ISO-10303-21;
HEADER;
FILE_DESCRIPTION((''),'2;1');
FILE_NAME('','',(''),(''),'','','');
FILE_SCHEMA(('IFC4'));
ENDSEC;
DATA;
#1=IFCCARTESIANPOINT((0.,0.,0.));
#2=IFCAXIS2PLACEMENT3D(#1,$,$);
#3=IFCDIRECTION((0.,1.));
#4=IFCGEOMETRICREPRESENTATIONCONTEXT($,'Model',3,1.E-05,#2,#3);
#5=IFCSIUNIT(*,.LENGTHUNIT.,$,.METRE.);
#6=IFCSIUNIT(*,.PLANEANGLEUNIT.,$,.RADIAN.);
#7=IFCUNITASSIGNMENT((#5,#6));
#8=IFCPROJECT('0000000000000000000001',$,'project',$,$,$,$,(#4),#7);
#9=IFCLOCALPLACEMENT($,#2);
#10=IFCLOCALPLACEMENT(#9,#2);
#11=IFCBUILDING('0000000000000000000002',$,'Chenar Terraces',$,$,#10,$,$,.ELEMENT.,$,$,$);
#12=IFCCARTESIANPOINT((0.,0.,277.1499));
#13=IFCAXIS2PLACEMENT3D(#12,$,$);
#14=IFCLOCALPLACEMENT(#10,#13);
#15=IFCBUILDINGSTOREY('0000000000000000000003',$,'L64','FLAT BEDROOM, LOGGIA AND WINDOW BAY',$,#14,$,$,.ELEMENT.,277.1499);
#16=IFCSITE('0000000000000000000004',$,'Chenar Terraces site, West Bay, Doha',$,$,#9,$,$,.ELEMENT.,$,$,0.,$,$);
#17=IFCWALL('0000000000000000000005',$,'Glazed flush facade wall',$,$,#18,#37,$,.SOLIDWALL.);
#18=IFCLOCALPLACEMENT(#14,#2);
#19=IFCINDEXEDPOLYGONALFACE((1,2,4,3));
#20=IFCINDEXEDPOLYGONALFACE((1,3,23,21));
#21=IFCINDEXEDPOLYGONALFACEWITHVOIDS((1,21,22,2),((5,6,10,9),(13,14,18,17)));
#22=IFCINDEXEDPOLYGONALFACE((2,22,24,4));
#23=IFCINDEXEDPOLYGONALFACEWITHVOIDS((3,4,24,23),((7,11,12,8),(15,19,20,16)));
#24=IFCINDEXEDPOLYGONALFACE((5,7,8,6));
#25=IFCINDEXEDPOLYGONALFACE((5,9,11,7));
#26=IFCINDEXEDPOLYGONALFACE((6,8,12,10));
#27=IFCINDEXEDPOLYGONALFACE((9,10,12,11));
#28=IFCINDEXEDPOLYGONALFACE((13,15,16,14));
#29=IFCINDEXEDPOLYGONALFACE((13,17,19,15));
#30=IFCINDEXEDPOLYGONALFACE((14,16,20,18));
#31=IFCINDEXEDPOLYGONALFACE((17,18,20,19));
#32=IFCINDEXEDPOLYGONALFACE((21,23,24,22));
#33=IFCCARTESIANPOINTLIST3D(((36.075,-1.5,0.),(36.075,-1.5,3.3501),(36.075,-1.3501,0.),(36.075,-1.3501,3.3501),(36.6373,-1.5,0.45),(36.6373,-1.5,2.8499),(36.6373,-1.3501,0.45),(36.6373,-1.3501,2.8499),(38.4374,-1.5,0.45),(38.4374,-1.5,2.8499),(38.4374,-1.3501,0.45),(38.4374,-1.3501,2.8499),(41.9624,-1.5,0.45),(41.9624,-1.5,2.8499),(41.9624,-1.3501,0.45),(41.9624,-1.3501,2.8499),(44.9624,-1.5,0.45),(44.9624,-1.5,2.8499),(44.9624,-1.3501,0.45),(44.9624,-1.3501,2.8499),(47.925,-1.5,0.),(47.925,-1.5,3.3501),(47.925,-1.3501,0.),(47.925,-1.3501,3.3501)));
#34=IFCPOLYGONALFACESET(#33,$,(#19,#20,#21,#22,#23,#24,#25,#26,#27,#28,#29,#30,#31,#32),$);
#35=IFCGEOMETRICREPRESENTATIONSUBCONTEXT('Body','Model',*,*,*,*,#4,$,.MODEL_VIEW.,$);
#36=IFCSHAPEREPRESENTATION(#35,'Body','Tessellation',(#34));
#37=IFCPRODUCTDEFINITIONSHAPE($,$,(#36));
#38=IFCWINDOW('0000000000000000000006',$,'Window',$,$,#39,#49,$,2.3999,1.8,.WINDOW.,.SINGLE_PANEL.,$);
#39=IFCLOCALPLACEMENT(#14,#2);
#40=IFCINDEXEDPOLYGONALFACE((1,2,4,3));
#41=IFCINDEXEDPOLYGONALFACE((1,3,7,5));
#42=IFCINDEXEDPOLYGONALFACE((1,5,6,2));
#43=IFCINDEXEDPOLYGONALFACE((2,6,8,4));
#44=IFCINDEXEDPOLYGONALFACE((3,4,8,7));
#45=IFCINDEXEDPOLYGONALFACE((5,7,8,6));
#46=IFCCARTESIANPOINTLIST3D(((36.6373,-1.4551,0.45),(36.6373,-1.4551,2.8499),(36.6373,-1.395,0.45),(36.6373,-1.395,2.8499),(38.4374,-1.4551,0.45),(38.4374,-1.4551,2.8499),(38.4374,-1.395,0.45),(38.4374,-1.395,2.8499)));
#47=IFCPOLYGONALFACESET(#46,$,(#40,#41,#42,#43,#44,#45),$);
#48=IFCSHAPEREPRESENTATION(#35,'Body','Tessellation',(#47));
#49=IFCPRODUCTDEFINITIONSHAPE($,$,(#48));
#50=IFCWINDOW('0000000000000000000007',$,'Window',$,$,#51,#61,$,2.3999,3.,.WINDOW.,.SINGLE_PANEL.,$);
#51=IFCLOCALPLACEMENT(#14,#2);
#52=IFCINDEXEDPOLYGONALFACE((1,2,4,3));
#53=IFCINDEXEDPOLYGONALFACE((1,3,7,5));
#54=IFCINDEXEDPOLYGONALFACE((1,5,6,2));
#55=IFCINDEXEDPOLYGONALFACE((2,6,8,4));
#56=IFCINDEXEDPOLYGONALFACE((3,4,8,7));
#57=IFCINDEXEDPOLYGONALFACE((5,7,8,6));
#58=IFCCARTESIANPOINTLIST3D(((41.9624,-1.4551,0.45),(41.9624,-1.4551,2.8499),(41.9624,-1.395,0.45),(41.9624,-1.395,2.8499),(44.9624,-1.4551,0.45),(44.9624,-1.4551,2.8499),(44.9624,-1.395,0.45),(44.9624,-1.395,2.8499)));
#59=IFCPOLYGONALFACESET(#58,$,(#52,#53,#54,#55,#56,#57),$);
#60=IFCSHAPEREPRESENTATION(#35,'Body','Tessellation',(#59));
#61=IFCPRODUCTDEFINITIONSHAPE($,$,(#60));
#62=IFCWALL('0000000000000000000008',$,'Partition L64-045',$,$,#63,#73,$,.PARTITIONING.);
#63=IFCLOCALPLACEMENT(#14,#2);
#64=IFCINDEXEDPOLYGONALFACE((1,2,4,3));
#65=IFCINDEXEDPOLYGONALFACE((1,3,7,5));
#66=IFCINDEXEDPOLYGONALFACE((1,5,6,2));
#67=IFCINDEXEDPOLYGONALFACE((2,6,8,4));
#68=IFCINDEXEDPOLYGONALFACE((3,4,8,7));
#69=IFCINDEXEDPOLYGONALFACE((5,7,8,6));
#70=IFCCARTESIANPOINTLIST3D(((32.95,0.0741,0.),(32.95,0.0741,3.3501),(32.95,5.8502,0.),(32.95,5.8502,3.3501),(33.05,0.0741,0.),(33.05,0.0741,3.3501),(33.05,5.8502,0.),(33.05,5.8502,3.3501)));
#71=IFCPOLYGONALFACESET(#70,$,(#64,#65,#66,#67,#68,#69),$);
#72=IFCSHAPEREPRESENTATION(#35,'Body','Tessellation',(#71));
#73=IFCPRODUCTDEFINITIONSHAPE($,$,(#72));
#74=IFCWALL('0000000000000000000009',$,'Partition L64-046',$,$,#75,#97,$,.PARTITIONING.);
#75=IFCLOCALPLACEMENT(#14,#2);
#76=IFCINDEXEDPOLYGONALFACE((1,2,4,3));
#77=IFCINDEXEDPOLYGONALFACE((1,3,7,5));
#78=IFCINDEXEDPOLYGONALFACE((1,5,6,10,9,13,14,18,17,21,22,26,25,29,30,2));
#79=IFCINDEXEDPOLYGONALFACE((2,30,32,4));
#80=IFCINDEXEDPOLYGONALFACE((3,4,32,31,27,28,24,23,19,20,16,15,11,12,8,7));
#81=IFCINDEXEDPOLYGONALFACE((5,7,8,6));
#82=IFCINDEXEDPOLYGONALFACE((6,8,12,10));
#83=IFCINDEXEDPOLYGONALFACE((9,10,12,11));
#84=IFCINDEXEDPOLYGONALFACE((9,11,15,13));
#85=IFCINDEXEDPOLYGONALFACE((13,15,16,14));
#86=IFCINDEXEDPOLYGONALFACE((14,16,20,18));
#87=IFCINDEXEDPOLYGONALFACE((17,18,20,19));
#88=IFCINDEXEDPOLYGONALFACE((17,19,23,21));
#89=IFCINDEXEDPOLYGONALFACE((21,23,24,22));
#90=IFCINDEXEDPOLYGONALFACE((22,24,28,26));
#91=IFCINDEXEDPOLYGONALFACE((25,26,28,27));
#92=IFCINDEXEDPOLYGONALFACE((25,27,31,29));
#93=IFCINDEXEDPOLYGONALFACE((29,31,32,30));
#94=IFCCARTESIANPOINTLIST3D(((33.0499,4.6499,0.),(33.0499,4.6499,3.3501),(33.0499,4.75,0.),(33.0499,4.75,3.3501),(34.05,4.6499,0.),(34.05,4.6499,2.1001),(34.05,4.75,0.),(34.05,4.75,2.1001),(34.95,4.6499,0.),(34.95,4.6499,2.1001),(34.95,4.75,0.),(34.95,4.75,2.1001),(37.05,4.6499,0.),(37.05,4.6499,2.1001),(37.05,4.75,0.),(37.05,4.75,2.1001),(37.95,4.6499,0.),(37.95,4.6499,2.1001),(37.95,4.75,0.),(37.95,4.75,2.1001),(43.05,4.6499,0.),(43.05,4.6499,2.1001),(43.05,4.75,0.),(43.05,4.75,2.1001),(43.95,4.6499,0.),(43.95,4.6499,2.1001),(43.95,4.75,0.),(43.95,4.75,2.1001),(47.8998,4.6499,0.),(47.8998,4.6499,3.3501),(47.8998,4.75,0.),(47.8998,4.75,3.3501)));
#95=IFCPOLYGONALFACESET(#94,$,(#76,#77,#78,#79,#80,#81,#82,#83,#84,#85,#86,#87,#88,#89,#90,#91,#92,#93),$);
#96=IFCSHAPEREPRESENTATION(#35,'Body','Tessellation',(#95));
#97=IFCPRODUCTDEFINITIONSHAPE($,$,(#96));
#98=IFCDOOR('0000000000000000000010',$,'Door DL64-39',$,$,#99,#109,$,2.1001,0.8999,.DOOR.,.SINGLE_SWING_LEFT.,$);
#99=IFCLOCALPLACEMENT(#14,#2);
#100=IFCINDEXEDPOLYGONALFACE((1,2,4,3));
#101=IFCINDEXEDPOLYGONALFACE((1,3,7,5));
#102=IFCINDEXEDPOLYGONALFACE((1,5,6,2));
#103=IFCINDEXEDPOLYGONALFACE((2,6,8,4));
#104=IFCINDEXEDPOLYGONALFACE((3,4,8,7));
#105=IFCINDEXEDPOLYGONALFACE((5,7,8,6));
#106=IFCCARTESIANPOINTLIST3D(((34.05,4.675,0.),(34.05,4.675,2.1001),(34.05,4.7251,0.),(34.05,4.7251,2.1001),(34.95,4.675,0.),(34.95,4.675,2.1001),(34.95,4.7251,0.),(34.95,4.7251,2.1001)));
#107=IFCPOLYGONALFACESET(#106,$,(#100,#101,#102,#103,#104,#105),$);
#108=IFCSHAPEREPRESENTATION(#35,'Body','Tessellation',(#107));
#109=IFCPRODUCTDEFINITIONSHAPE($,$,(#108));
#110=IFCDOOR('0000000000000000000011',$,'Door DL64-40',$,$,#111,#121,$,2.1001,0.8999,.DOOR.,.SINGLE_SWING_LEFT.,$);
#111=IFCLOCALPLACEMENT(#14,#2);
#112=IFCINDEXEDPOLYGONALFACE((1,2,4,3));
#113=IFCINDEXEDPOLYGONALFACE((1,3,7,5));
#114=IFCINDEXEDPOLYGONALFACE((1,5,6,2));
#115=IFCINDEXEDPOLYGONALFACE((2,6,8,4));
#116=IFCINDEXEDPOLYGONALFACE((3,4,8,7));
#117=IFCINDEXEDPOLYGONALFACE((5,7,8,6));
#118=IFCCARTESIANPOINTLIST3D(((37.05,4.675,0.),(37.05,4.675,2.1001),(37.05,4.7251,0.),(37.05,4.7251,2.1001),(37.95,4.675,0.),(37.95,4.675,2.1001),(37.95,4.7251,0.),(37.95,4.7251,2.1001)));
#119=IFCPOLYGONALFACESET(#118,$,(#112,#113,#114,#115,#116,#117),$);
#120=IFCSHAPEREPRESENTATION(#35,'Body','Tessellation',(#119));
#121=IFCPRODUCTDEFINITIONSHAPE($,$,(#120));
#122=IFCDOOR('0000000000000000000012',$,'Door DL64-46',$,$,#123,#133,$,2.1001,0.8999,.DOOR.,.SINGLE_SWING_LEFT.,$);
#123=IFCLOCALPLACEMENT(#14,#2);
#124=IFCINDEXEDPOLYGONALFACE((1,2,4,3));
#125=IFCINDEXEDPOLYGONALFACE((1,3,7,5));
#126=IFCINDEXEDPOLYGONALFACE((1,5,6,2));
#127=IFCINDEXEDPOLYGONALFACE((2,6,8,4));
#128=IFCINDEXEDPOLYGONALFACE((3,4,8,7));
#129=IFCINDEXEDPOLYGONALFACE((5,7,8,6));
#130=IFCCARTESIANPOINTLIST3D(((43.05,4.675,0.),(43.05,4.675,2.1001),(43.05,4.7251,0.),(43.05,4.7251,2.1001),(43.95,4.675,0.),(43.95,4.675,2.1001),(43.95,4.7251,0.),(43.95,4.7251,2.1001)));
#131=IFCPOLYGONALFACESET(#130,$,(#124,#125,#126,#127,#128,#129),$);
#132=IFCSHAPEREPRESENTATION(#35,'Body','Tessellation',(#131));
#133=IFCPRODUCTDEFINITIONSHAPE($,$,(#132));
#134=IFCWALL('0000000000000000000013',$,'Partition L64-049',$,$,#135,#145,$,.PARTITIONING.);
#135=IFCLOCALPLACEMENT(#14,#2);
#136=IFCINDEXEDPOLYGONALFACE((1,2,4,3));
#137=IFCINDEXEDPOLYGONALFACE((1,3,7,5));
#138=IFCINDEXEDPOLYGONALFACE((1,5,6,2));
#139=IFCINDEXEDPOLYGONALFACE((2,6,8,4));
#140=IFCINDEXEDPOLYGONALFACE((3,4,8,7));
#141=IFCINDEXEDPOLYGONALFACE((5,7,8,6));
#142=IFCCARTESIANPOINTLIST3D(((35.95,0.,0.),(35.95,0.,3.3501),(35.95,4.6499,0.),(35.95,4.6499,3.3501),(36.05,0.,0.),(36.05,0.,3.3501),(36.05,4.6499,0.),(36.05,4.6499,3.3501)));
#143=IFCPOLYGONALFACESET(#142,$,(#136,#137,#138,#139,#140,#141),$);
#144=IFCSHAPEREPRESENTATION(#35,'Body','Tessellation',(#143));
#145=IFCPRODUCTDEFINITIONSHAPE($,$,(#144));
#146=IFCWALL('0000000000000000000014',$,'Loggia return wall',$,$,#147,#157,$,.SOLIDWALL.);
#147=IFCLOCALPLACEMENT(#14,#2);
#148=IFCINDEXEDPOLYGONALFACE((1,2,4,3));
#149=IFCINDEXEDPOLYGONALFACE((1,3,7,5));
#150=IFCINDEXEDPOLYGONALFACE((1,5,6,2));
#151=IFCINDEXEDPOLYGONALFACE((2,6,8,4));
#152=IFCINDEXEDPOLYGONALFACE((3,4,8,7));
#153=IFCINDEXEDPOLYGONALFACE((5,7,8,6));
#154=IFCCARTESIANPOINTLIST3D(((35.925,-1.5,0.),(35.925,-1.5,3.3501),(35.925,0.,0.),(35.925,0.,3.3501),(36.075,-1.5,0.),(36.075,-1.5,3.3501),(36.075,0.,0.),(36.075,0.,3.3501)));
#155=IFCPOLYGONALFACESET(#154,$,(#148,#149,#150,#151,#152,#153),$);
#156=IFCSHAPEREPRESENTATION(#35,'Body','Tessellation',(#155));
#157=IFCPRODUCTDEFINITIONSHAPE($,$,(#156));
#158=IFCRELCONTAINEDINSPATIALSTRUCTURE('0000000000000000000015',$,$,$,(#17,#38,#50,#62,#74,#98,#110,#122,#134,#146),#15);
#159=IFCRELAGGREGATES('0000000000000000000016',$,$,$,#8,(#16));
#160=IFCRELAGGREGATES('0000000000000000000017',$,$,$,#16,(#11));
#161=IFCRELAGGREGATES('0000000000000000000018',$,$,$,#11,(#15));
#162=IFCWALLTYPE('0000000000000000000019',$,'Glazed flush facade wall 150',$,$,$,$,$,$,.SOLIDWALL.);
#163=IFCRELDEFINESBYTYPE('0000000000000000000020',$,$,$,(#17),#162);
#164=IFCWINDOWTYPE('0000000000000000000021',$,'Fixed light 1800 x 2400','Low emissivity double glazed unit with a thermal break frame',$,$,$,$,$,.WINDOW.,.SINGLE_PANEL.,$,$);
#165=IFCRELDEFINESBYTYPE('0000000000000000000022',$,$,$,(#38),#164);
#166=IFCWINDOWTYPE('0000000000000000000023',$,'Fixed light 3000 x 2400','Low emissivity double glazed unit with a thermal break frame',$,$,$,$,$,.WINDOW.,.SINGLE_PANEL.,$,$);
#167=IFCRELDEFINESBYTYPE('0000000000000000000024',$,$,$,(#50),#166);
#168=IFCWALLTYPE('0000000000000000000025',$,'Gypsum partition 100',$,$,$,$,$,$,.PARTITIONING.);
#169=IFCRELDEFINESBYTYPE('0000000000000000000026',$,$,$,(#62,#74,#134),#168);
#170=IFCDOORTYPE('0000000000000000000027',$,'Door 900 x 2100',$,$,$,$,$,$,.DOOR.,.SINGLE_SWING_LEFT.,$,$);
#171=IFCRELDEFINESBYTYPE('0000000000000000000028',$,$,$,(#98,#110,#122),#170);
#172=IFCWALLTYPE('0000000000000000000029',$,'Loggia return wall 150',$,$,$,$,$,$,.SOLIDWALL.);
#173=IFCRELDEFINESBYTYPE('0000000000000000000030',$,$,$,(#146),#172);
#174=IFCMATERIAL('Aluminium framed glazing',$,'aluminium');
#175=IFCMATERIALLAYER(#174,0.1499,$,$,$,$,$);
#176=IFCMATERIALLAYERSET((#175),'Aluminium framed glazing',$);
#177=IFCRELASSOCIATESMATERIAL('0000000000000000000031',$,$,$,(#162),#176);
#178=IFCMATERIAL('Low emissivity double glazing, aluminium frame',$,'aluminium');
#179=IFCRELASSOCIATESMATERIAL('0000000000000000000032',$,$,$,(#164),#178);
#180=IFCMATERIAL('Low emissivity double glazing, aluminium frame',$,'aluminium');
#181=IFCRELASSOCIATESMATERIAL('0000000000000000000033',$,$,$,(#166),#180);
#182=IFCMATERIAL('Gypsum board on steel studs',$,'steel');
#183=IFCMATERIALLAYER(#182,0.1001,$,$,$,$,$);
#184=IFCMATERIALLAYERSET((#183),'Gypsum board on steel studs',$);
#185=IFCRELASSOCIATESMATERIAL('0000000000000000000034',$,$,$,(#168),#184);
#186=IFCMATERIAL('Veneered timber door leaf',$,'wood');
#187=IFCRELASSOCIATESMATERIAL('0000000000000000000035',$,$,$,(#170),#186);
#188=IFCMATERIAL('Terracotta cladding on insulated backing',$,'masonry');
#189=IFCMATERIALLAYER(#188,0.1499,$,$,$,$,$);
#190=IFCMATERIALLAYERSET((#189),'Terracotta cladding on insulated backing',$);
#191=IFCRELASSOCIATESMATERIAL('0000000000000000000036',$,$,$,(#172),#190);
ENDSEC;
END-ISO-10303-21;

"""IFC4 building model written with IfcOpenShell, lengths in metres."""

from ifc_helpers import new_model, si_unit, direction, frame, frame_2d, origin, place, context, subcontext, project, spatial, rectangle, extrude, material, layer, layer_set, type_object, element, fill, save


model = new_model("IFC4")

# Units and contexts
model_context = context("Model", 3, precision=1e-05, world=origin(), true_north=direction((0.0, 1.0)))
body_context = subcontext(model_context, "Body", "Model", "MODEL_VIEW")
ifc_project = project(units=[si_unit("LENGTHUNIT", "METRE"), si_unit("PLANEANGLEUNIT", "RADIAN")], contexts=[model_context])

# Site, building, storey
site_placement = place(None, origin())
site = spatial("IfcSite", under=ifc_project, at=site_placement, Name="Chenar Terraces site, West Bay, Doha", CompositionType="ELEMENT", RefElevation=0.0)
building_placement = place(site_placement, origin())
building = spatial("IfcBuilding", under=site, at=building_placement, Name="Chenar Terraces", CompositionType="ELEMENT")
storey_placement = place(building_placement, frame((0.0, 0.0, 277.1499)))
storey = spatial("IfcBuildingStorey", under=building, at=storey_placement, Name="L64", Description="FLAT BEDROOM, LOGGIA AND WINDOW BAY", CompositionType="ELEMENT", Elevation=277.1499)

# Wall, openings, windows
ifc_material_1 = material(Name="Aluminium framed glazing", Category="aluminium")
ifc_layer_1 = layer(ifc_material_1, 0.1499)
ifc_layer_set_1 = layer_set([ifc_layer_1], Name="Aluminium framed glazing")
wall_type_1 = type_object("IfcWallType", Name="Glazed flush facade wall 150", PredefinedType="SOLIDWALL", material=ifc_layer_set_1)
wall_1_placement = place(storey_placement, frame((36.075, -1.425, 0.0), z_axis=(0.0, 0.0, 1.0), x_axis=(1.0, 0.0, 0.0)))
wall_1 = element("IfcWall", 1, at=wall_1_placement, inside=storey, type_object=wall_type_1, Name="Glazed flush facade wall", PredefinedType="SOLIDWALL", context=body_context, shape_type="SweptSolid", body=[
    extrude(rectangle(XDim=11.8501, YDim=0.1499, at=frame_2d((5.925, 0.0))), origin(), (0.0, 0.0, 1.0), 3.3501),
])
opening_1_placement = place(wall_1_placement, frame((0.5625, 0.0, 0.45)))
opening_1 = element("IfcOpeningElement", 2, at=opening_1_placement, cuts=wall_1, PredefinedType="OPENING", context=body_context, shape_type="SweptSolid", body=[
    extrude(rectangle(XDim=1.8, YDim=2.3999, at=frame_2d((0.8999, 1.2))), frame((0.0, 0.085, 0.0), z_axis=(0.0, -1.0, 0.0), x_axis=(1.0, 0.0, 0.0)), (0.0, 0.0, 1.0), 0.1699),
])
opening_2_placement = place(wall_1_placement, frame((5.8875, 0.0, 0.45)))
opening_2 = element("IfcOpeningElement", 3, at=opening_2_placement, cuts=wall_1, PredefinedType="OPENING", context=body_context, shape_type="SweptSolid", body=[
    extrude(rectangle(XDim=3.0, YDim=2.3999, at=frame_2d((1.5, 1.2))), frame((0.0, 0.085, 0.0), z_axis=(0.0, -1.0, 0.0), x_axis=(1.0, 0.0, 0.0)), (0.0, 0.0, 1.0), 0.1699),
])
ifc_material_2 = material(Name="Low emissivity double glazing, aluminium frame", Category="aluminium")
window_type_1 = type_object("IfcWindowType", Name="Fixed light 1800 x 2400", Description="Low emissivity double glazed unit with a thermal break frame", PartitioningType="SINGLE_PANEL", PredefinedType="WINDOW", material=ifc_material_2)
window_1_placement = place(opening_1_placement, origin())
window_1 = element("IfcWindow", 4, at=window_1_placement, inside=storey, type_object=window_type_1, Name="Window", OverallHeight=2.3999, OverallWidth=1.8, PartitioningType="SINGLE_PANEL", PredefinedType="WINDOW", context=body_context, shape_type="SweptSolid", body=[
    extrude(rectangle(XDim=1.8, YDim=2.3999, at=frame_2d((0.8999, 1.2))), frame((0.0, 0.03, 0.0), z_axis=(0.0, -1.0, 0.0), x_axis=(1.0, 0.0, 0.0)), (0.0, 0.0, 1.0), 0.0601),
])
fill(opening_1, window_1)
ifc_material_3 = material(Name="Low emissivity double glazing, aluminium frame", Category="aluminium")
window_type_2 = type_object("IfcWindowType", Name="Fixed light 3000 x 2400", Description="Low emissivity double glazed unit with a thermal break frame", PartitioningType="SINGLE_PANEL", PredefinedType="WINDOW", material=ifc_material_3)
window_2_placement = place(opening_2_placement, origin())
window_2 = element("IfcWindow", 5, at=window_2_placement, inside=storey, type_object=window_type_2, Name="Window", OverallHeight=2.3999, OverallWidth=3.0, PartitioningType="SINGLE_PANEL", PredefinedType="WINDOW", context=body_context, shape_type="SweptSolid", body=[
    extrude(rectangle(XDim=3.0, YDim=2.3999, at=frame_2d((1.5, 1.2))), frame((0.0, 0.03, 0.0), z_axis=(0.0, -1.0, 0.0), x_axis=(1.0, 0.0, 0.0)), (0.0, 0.0, 1.0), 0.0601),
])
fill(opening_2, window_2)

# Wall
ifc_material_4 = material(Name="Gypsum board on steel studs", Category="steel")
ifc_layer_2 = layer(ifc_material_4, 0.1001)
ifc_layer_set_2 = layer_set([ifc_layer_2], Name="Gypsum board on steel studs")
wall_type_2 = type_object("IfcWallType", Name="Gypsum partition 100", PredefinedType="PARTITIONING", material=ifc_layer_set_2)
wall_2_placement = place(storey_placement, frame((33.0, 0.074, 0.0), z_axis=(0.0, 0.0, 1.0), x_axis=(0.0, 1.0, 0.0)))
element("IfcWall", 6, at=wall_2_placement, inside=storey, type_object=wall_type_2, Name="Partition L64-045", PredefinedType="PARTITIONING", context=body_context, shape_type="SweptSolid", body=[
    extrude(rectangle(XDim=5.7761, YDim=0.1001, at=frame_2d((2.8882, 0.0))), origin(), (0.0, 0.0, 1.0), 3.3501),
])

# Wall, openings, doors
wall_3_placement = place(storey_placement, frame((33.05, 4.7, 0.0), z_axis=(0.0, 0.0, 1.0), x_axis=(1.0, 0.0, 0.0)))
wall_3 = element("IfcWall", 7, at=wall_3_placement, inside=storey, type_object=wall_type_2, Name="Partition L64-046", PredefinedType="PARTITIONING", context=body_context, shape_type="SweptSolid", body=[
    extrude(rectangle(XDim=14.8499, YDim=0.1001, at=frame_2d((7.4248, 0.0))), origin(), (0.0, 0.0, 1.0), 3.3501),
])
opening_3_placement = place(wall_3_placement, frame((1.0, 0.0, 0.0)))
opening_3 = element("IfcOpeningElement", 8, at=opening_3_placement, cuts=wall_3, PredefinedType="OPENING", context=body_context, shape_type="SweptSolid", body=[
    extrude(rectangle(XDim=0.8999, YDim=2.1001, at=frame_2d((0.45, 1.05))), frame((0.0, 0.0601, 0.0), z_axis=(0.0, -1.0, 0.0), x_axis=(1.0, 0.0, 0.0)), (0.0, 0.0, 1.0), 0.1201),
])
opening_4_placement = place(wall_3_placement, frame((4.0, 0.0, 0.0)))
opening_4 = element("IfcOpeningElement", 9, at=opening_4_placement, cuts=wall_3, PredefinedType="OPENING", context=body_context, shape_type="SweptSolid", body=[
    extrude(rectangle(XDim=0.8999, YDim=2.1001, at=frame_2d((0.45, 1.05))), frame((0.0, 0.0601, 0.0), z_axis=(0.0, -1.0, 0.0), x_axis=(1.0, 0.0, 0.0)), (0.0, 0.0, 1.0), 0.1201),
])
opening_5_placement = place(wall_3_placement, frame((10.0, 0.0, 0.0)))
opening_5 = element("IfcOpeningElement", 10, at=opening_5_placement, cuts=wall_3, PredefinedType="OPENING", context=body_context, shape_type="SweptSolid", body=[
    extrude(rectangle(XDim=0.8999, YDim=2.1001, at=frame_2d((0.45, 1.05))), frame((0.0, 0.0601, 0.0), z_axis=(0.0, -1.0, 0.0), x_axis=(1.0, 0.0, 0.0)), (0.0, 0.0, 1.0), 0.1201),
])
ifc_material_5 = material(Name="Veneered timber door leaf", Category="wood")
door_type_1 = type_object("IfcDoorType", Name="Door 900 x 2100", OperationType="SINGLE_SWING_LEFT", PredefinedType="DOOR", material=ifc_material_5)
door_1_placement = place(opening_3_placement, frame((0.8999, 0.0, 0.0), z_axis=(0.0, 0.0, 1.0), x_axis=(-1.0, 0.0, 0.0)))
door_1 = element("IfcDoor", 11, at=door_1_placement, inside=storey, type_object=door_type_1, Name="Door DL64-39", OperationType="SINGLE_SWING_LEFT", OverallHeight=2.1001, OverallWidth=0.8999, PredefinedType="DOOR", context=body_context, shape_type="SweptSolid", body=[
    extrude(rectangle(XDim=0.8999, YDim=2.1001, at=frame_2d((0.45, 1.05))), frame((0.0, 0.0249, 0.0), z_axis=(0.0, -1.0, 0.0), x_axis=(1.0, 0.0, 0.0)), (0.0, 0.0, 1.0), 0.05),
])
fill(opening_3, door_1)
door_2_placement = place(opening_4_placement, frame((0.8999, 0.0, 0.0), z_axis=(0.0, 0.0, 1.0), x_axis=(-1.0, 0.0, 0.0)))
door_2 = element("IfcDoor", 12, at=door_2_placement, inside=storey, type_object=door_type_1, Name="Door DL64-40", OperationType="SINGLE_SWING_LEFT", OverallHeight=2.1001, OverallWidth=0.8999, PredefinedType="DOOR", context=body_context, shape_type="SweptSolid", body=[
    extrude(rectangle(XDim=0.8999, YDim=2.1001, at=frame_2d((0.45, 1.05))), frame((0.0, 0.0249, 0.0), z_axis=(0.0, -1.0, 0.0), x_axis=(1.0, 0.0, 0.0)), (0.0, 0.0, 1.0), 0.05),
])
fill(opening_4, door_2)
door_3_placement = place(opening_5_placement, frame((0.8999, 0.0, 0.0), z_axis=(0.0, 0.0, 1.0), x_axis=(-1.0, 0.0, 0.0)))
door_3 = element("IfcDoor", 13, at=door_3_placement, inside=storey, type_object=door_type_1, Name="Door DL64-46", OperationType="SINGLE_SWING_LEFT", OverallHeight=2.1001, OverallWidth=0.8999, PredefinedType="DOOR", context=body_context, shape_type="SweptSolid", body=[
    extrude(rectangle(XDim=0.8999, YDim=2.1001, at=frame_2d((0.45, 1.05))), frame((0.0, 0.0249, 0.0), z_axis=(0.0, -1.0, 0.0), x_axis=(1.0, 0.0, 0.0)), (0.0, 0.0, 1.0), 0.05),
])
fill(opening_5, door_3)

# Walls
wall_4_placement = place(storey_placement, frame((36.0, 0.0, 0.0), z_axis=(0.0, 0.0, 1.0), x_axis=(0.0, 1.0, 0.0)))
element("IfcWall", 14, at=wall_4_placement, inside=storey, type_object=wall_type_2, Name="Partition L64-049", PredefinedType="PARTITIONING", context=body_context, shape_type="SweptSolid", body=[
    extrude(rectangle(XDim=4.6499, YDim=0.1001, at=frame_2d((2.325, 0.0))), origin(), (0.0, 0.0, 1.0), 3.3501),
])
ifc_material_6 = material(Name="Terracotta cladding on insulated backing", Category="masonry")
ifc_layer_3 = layer(ifc_material_6, 0.1499)
ifc_layer_set_3 = layer_set([ifc_layer_3], Name="Terracotta cladding on insulated backing")
wall_type_3 = type_object("IfcWallType", Name="Loggia return wall 150", PredefinedType="SOLIDWALL", material=ifc_layer_set_3)
wall_5_placement = place(storey_placement, frame((36.0, -1.5, 0.0), z_axis=(0.0, 0.0, 1.0), x_axis=(0.0, 1.0, 0.0)))
element("IfcWall", 15, at=wall_5_placement, inside=storey, type_object=wall_type_3, Name="Loggia return wall", PredefinedType="SOLIDWALL", context=body_context, shape_type="SweptSolid", body=[
    extrude(rectangle(XDim=1.5, YDim=0.1499, at=frame_2d((0.75, 0.0))), origin(), (0.0, 0.0, 1.0), 3.3501),
])

save(model, "model.ifc")
